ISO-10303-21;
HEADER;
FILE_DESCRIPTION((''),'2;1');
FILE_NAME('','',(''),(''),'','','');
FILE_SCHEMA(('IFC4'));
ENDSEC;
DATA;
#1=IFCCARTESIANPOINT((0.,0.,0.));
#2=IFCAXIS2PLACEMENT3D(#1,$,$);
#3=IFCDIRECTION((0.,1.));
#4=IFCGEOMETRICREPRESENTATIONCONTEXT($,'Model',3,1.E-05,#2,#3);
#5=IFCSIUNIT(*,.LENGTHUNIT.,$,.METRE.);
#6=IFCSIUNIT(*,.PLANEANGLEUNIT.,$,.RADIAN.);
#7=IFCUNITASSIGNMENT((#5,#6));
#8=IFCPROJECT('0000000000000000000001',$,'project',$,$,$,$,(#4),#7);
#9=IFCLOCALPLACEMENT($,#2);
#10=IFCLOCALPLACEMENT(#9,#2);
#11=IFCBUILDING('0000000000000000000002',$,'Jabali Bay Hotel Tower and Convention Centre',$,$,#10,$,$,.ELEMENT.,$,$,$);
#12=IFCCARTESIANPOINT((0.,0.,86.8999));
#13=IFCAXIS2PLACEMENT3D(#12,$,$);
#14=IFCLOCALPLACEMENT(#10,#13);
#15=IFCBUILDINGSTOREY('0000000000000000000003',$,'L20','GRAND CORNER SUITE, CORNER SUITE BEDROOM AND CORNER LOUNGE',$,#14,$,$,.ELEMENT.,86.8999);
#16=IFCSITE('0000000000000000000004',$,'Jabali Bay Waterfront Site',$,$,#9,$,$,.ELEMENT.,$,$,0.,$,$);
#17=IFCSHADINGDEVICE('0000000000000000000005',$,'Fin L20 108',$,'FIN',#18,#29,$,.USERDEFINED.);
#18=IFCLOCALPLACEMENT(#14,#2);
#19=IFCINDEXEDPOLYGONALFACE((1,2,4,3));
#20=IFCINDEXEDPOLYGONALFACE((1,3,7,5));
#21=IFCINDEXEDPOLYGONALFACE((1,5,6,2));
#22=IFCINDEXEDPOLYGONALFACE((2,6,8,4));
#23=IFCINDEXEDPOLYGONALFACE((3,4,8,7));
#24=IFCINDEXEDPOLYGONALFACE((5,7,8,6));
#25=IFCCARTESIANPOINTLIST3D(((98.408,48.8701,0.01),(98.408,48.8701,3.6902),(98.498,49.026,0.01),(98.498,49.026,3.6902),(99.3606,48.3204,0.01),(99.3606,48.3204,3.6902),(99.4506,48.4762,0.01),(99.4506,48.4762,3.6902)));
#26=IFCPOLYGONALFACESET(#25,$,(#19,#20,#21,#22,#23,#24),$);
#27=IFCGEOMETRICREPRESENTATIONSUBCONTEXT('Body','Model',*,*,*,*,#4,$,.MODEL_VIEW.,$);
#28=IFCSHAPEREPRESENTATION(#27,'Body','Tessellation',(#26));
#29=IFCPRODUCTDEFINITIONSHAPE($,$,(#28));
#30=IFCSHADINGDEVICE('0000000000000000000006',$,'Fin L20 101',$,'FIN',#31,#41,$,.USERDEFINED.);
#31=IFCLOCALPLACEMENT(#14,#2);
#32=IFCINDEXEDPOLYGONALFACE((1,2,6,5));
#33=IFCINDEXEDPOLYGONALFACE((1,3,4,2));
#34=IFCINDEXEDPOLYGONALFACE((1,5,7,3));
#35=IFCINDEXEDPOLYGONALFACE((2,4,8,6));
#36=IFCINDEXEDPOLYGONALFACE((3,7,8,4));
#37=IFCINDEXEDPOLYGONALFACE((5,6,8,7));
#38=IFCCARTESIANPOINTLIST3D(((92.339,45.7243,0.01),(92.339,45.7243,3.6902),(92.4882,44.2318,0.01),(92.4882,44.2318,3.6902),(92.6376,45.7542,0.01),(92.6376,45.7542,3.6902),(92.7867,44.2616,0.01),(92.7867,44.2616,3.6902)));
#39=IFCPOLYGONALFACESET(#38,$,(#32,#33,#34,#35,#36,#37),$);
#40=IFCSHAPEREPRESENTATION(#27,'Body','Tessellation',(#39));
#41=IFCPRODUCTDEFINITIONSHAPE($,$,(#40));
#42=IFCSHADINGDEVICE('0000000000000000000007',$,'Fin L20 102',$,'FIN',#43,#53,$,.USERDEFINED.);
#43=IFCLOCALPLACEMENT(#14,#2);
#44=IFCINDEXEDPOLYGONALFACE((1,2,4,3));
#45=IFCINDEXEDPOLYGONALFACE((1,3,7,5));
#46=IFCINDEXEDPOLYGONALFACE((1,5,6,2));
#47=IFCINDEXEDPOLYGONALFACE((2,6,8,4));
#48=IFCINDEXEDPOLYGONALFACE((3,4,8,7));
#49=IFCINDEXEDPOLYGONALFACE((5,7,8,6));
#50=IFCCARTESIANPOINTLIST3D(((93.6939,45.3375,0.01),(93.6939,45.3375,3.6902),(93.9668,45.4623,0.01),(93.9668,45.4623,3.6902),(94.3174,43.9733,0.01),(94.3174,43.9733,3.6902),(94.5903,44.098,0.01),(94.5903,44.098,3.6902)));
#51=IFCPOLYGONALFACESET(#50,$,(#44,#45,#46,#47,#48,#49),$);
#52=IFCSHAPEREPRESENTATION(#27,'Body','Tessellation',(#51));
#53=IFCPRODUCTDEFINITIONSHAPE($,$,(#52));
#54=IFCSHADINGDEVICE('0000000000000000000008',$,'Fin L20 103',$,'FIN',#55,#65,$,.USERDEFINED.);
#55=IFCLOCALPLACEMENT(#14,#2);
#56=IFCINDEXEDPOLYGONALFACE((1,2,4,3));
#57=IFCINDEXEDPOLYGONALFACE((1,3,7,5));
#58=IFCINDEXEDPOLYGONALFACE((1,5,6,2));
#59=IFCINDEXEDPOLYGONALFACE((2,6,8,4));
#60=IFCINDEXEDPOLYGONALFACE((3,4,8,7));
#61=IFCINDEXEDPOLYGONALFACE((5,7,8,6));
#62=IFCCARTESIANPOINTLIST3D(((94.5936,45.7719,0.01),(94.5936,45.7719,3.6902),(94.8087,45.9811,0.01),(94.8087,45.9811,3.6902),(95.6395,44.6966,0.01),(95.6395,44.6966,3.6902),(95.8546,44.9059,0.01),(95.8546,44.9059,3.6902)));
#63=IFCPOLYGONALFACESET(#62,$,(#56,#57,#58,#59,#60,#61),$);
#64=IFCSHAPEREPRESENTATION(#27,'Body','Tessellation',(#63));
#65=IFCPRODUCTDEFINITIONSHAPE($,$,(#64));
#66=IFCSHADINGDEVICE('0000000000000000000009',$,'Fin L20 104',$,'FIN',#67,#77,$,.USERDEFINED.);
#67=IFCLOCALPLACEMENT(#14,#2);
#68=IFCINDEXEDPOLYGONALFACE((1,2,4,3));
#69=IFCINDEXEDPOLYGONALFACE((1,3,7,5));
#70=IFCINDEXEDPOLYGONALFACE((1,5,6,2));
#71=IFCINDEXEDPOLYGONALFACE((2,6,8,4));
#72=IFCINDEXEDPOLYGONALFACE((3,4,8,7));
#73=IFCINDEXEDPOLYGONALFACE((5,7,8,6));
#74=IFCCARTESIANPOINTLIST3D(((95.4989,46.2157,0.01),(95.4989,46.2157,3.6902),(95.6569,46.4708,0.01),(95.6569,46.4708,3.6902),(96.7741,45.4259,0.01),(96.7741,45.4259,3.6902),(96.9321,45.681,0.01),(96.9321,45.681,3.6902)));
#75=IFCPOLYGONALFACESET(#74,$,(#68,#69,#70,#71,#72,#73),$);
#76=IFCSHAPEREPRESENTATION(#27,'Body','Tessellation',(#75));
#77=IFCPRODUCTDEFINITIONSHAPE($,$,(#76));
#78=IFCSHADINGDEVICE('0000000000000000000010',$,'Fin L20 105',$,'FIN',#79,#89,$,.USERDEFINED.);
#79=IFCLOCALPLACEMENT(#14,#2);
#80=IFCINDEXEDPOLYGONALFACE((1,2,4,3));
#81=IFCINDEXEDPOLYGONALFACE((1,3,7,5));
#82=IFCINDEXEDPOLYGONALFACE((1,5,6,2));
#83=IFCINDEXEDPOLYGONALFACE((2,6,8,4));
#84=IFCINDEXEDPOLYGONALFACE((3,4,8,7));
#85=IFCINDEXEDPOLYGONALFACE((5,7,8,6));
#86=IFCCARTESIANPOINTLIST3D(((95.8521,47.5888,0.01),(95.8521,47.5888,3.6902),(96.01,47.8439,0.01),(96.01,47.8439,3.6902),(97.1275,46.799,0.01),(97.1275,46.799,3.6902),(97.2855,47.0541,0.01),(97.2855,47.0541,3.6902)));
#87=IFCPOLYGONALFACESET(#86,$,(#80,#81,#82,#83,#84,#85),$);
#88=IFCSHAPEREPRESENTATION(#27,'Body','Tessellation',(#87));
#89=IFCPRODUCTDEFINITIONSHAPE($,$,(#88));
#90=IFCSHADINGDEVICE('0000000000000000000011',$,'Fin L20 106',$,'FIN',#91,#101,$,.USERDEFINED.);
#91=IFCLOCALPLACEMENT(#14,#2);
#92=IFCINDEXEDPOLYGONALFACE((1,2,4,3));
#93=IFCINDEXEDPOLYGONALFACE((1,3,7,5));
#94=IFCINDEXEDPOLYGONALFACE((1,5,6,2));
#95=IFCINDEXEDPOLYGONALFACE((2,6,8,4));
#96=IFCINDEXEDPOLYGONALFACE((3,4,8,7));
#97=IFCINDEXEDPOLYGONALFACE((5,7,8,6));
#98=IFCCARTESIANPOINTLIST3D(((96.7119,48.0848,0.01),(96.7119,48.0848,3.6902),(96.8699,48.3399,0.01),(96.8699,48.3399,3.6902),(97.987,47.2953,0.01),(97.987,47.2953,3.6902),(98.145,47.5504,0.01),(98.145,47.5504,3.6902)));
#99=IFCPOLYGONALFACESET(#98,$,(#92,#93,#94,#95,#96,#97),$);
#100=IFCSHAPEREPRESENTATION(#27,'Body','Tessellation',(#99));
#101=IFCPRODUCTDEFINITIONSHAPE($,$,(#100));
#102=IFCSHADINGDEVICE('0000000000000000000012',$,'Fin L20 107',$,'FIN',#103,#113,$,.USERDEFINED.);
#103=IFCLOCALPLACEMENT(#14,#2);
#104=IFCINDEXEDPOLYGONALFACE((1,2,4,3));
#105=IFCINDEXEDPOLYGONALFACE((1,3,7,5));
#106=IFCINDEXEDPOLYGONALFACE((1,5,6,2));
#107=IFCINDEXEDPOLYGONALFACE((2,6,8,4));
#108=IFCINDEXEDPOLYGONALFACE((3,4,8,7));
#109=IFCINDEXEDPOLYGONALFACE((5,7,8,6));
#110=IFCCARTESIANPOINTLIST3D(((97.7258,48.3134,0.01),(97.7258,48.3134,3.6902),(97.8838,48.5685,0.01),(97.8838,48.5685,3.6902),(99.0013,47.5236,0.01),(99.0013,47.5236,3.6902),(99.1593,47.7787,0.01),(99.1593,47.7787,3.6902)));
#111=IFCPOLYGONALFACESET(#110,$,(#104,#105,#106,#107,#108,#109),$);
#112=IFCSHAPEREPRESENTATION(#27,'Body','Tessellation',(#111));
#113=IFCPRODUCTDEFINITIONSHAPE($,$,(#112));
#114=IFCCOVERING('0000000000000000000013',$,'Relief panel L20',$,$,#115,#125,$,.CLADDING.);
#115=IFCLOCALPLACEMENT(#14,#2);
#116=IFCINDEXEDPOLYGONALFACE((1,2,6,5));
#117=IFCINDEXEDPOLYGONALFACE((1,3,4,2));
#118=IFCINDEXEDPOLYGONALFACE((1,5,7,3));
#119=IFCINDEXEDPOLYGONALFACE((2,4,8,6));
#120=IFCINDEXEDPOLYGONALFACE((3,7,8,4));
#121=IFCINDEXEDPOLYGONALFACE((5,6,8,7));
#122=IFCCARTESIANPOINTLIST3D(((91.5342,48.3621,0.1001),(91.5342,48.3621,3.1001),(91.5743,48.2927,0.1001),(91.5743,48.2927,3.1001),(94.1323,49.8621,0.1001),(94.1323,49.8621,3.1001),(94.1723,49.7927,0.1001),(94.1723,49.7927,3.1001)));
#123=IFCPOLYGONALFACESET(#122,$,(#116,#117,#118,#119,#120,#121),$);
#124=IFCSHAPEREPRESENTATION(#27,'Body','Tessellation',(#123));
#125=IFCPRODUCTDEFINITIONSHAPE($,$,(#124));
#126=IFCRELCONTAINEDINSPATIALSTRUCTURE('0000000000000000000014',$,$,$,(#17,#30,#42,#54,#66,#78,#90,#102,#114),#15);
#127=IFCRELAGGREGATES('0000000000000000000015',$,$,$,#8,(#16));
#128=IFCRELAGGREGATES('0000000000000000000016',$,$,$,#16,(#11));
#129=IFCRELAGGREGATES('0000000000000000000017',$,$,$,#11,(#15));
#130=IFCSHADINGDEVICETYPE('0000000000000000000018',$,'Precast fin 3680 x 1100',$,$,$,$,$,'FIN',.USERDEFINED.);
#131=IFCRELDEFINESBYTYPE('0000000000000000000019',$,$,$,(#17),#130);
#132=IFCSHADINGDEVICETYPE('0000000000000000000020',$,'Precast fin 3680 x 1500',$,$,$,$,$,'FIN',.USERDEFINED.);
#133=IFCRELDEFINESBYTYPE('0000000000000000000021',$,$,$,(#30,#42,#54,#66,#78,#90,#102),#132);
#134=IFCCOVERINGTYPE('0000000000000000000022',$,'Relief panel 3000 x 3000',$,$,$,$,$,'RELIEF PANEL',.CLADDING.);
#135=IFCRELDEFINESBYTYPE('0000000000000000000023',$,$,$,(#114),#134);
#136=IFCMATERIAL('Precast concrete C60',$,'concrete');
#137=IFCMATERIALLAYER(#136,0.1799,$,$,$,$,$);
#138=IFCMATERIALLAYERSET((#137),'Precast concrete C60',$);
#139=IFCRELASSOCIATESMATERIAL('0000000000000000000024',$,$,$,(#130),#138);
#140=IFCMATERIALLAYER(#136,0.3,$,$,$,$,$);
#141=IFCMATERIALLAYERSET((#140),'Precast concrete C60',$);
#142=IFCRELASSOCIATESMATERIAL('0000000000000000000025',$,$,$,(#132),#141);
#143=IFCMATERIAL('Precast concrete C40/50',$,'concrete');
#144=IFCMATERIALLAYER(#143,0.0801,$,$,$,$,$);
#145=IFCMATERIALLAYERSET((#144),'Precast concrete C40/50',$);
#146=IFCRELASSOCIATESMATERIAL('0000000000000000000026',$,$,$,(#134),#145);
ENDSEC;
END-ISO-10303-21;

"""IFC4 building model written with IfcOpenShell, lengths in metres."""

from ifc_helpers import new_model, si_unit, direction, frame, frame_2d, origin, origin_2d, place, context, subcontext, project, spatial, rectangle, extrude, material, layer, layer_set, type_object, element, save


model = new_model("IFC4")

# Units and contexts
model_context = context("Model", 3, precision=1e-05, world=origin(), true_north=direction((0.0, 1.0)))
body_context = subcontext(model_context, "Body", "Model", "MODEL_VIEW")
ifc_project = project(units=[si_unit("LENGTHUNIT", "METRE"), si_unit("PLANEANGLEUNIT", "RADIAN")], contexts=[model_context])

# Site, building, storey
site_placement = place(None, origin())
site = spatial("IfcSite", under=ifc_project, at=site_placement, Name="Jabali Bay Waterfront Site", CompositionType="ELEMENT", RefElevation=0.0)
building_placement = place(site_placement, origin())
building = spatial("IfcBuilding", under=site, at=building_placement, Name="Jabali Bay Hotel Tower and Convention Centre", CompositionType="ELEMENT")
storey_placement = place(building_placement, frame((0.0, 0.0, 86.8999)))
storey = spatial("IfcBuildingStorey", under=building, at=storey_placement, Name="L20", Description="GRAND CORNER SUITE, CORNER SUITE BEDROOM AND CORNER LOUNGE", CompositionType="ELEMENT", Elevation=86.8999)

# Shading devices
ifc_material_1 = material(Name="Precast concrete C60", Category="concrete")
ifc_layer_1 = layer(ifc_material_1, 0.1799)
ifc_layer_set_1 = layer_set([ifc_layer_1], Name="Precast concrete C60")
shading_device_type_1 = type_object("IfcShadingDeviceType", Name="Precast fin 3680 x 1100", ElementType="FIN", PredefinedType="USERDEFINED", material=ifc_layer_set_1)
for number, where, z_axis, x_axis, name in (
    (1, (98.4531, 48.948, 0.01), (0.0, 0.0, 1.0), (0.866104, -0.499863, 0.0), "Fin L20 108"),
):
    element("IfcShadingDevice", number, at=place(storey_placement, frame(where, z_axis=z_axis, x_axis=x_axis)), inside=storey, type_object=shading_device_type_1, Name=name, ObjectType="FIN", PredefinedType="USERDEFINED", context=body_context, shape_type="SweptSolid", body=[
        extrude(rectangle(XDim=1.0999, YDim=0.1799, at=frame_2d((0.5498, 0.0))), origin(), (0.0, 0.0, 1.0), 3.6802),
    ])
ifc_layer_2 = layer(ifc_material_1, 0.3)
ifc_layer_set_2 = layer_set([ifc_layer_2], Name="Precast concrete C60")
shading_device_type_2 = type_object("IfcShadingDeviceType", Name="Precast fin 3680 x 1500", ElementType="FIN", PredefinedType="USERDEFINED", material=ifc_layer_set_2)
for number, where, z_axis, x_axis, name in (
    (2, (92.4883, 45.7393, 0.01), (0.0, 0.0, 1.0), (0.099439, -0.995044, 0.0), "Fin L20 101"),
    (3, (93.8303, 45.3999, 0.01), (0.0, 0.0, 1.0), (0.415691, -0.909506, 0.0), "Fin L20 102"),
    (4, (94.7012, 45.8765, 0.01), (0.0, 0.0, 1.0), (0.697274, -0.716805, 0.0), "Fin L20 103"),
    (5, (95.5779, 46.3433, 0.01), (0.0, 0.0, 1.0), (0.85014, -0.526556, 0.0), "Fin L20 104"),
):
    element("IfcShadingDevice", number, at=place(storey_placement, frame(where, z_axis=z_axis, x_axis=x_axis)), inside=storey, type_object=shading_device_type_2, Name=name, ObjectType="FIN", PredefinedType="USERDEFINED", context=body_context, shape_type="SweptSolid", body=[
        extrude(rectangle(XDim=1.5, YDim=0.3, at=frame_2d((0.75, 0.0))), origin(), (0.0, 0.0, 1.0), 3.6802),
    ])
shading_device_1_placement = place(storey_placement, frame((95.9312, 47.7163, 0.01), z_axis=(0.0, 0.0, 1.0), x_axis=(0.850185, -0.526483, 0.0)))
element("IfcShadingDevice", 6, at=shading_device_1_placement, inside=storey, type_object=shading_device_type_2, Name="Fin L20 105", ObjectType="FIN", PredefinedType="USERDEFINED", context=body_context, shape_type="SweptSolid", body=[
    extrude(rectangle(XDim=1.5002, YDim=0.3, at=frame_2d((0.75, 0.0))), origin(), (0.0, 0.0, 1.0), 3.6802),
])
shading_device_2_placement = place(storey_placement, frame((96.7908, 48.2124, 0.01), z_axis=(0.0, 0.0, 1.0), x_axis=(0.850213, -0.526439, 0.0)))
element("IfcShadingDevice", 7, at=shading_device_2_placement, inside=storey, type_object=shading_device_type_2, Name="Fin L20 106", ObjectType="FIN", PredefinedType="USERDEFINED", context=body_context, shape_type="SweptSolid", body=[
    extrude(rectangle(XDim=1.4998, YDim=0.3, at=frame_2d((0.75, 0.0))), origin(), (0.0, 0.0, 1.0), 3.6802),
])
shading_device_3_placement = place(storey_placement, frame((97.8049, 48.4409, 0.01), z_axis=(0.0, 0.0, 1.0), x_axis=(0.850185, -0.526483, 0.0)))
element("IfcShadingDevice", 8, at=shading_device_3_placement, inside=storey, type_object=shading_device_type_2, Name="Fin L20 107", ObjectType="FIN", PredefinedType="USERDEFINED", context=body_context, shape_type="SweptSolid", body=[
    extrude(rectangle(XDim=1.5002, YDim=0.3, at=frame_2d((0.75, 0.0))), origin(), (0.0, 0.0, 1.0), 3.6802),
])

# Covering
ifc_material_2 = material(Name="Precast concrete C40/50", Category="concrete")
ifc_layer_3 = layer(ifc_material_2, 0.0801)
ifc_layer_set_3 = layer_set([ifc_layer_3], Name="Precast concrete C40/50")
covering_type = type_object("IfcCoveringType", Name="Relief panel 3000 x 3000", ElementType="RELIEF PANEL", PredefinedType="CLADDING", material=ifc_layer_set_3)
covering_placement = place(storey_placement, frame((92.8533, 49.0774, 0.1001), z_axis=(0.0, 0.0, 1.0), x_axis=(-0.866025, -0.5, 0.0)))
element("IfcCovering", 9, at=covering_placement, inside=storey, type_object=covering_type, Name="Relief panel L20", PredefinedType="CLADDING", context=body_context, shape_type="SweptSolid", body=[
    extrude(rectangle(XDim=3.0, YDim=0.0801, at=origin_2d()), origin(), (0.0, 0.0, 1.0), 3.0),
])

save(model, "model.ifc")
